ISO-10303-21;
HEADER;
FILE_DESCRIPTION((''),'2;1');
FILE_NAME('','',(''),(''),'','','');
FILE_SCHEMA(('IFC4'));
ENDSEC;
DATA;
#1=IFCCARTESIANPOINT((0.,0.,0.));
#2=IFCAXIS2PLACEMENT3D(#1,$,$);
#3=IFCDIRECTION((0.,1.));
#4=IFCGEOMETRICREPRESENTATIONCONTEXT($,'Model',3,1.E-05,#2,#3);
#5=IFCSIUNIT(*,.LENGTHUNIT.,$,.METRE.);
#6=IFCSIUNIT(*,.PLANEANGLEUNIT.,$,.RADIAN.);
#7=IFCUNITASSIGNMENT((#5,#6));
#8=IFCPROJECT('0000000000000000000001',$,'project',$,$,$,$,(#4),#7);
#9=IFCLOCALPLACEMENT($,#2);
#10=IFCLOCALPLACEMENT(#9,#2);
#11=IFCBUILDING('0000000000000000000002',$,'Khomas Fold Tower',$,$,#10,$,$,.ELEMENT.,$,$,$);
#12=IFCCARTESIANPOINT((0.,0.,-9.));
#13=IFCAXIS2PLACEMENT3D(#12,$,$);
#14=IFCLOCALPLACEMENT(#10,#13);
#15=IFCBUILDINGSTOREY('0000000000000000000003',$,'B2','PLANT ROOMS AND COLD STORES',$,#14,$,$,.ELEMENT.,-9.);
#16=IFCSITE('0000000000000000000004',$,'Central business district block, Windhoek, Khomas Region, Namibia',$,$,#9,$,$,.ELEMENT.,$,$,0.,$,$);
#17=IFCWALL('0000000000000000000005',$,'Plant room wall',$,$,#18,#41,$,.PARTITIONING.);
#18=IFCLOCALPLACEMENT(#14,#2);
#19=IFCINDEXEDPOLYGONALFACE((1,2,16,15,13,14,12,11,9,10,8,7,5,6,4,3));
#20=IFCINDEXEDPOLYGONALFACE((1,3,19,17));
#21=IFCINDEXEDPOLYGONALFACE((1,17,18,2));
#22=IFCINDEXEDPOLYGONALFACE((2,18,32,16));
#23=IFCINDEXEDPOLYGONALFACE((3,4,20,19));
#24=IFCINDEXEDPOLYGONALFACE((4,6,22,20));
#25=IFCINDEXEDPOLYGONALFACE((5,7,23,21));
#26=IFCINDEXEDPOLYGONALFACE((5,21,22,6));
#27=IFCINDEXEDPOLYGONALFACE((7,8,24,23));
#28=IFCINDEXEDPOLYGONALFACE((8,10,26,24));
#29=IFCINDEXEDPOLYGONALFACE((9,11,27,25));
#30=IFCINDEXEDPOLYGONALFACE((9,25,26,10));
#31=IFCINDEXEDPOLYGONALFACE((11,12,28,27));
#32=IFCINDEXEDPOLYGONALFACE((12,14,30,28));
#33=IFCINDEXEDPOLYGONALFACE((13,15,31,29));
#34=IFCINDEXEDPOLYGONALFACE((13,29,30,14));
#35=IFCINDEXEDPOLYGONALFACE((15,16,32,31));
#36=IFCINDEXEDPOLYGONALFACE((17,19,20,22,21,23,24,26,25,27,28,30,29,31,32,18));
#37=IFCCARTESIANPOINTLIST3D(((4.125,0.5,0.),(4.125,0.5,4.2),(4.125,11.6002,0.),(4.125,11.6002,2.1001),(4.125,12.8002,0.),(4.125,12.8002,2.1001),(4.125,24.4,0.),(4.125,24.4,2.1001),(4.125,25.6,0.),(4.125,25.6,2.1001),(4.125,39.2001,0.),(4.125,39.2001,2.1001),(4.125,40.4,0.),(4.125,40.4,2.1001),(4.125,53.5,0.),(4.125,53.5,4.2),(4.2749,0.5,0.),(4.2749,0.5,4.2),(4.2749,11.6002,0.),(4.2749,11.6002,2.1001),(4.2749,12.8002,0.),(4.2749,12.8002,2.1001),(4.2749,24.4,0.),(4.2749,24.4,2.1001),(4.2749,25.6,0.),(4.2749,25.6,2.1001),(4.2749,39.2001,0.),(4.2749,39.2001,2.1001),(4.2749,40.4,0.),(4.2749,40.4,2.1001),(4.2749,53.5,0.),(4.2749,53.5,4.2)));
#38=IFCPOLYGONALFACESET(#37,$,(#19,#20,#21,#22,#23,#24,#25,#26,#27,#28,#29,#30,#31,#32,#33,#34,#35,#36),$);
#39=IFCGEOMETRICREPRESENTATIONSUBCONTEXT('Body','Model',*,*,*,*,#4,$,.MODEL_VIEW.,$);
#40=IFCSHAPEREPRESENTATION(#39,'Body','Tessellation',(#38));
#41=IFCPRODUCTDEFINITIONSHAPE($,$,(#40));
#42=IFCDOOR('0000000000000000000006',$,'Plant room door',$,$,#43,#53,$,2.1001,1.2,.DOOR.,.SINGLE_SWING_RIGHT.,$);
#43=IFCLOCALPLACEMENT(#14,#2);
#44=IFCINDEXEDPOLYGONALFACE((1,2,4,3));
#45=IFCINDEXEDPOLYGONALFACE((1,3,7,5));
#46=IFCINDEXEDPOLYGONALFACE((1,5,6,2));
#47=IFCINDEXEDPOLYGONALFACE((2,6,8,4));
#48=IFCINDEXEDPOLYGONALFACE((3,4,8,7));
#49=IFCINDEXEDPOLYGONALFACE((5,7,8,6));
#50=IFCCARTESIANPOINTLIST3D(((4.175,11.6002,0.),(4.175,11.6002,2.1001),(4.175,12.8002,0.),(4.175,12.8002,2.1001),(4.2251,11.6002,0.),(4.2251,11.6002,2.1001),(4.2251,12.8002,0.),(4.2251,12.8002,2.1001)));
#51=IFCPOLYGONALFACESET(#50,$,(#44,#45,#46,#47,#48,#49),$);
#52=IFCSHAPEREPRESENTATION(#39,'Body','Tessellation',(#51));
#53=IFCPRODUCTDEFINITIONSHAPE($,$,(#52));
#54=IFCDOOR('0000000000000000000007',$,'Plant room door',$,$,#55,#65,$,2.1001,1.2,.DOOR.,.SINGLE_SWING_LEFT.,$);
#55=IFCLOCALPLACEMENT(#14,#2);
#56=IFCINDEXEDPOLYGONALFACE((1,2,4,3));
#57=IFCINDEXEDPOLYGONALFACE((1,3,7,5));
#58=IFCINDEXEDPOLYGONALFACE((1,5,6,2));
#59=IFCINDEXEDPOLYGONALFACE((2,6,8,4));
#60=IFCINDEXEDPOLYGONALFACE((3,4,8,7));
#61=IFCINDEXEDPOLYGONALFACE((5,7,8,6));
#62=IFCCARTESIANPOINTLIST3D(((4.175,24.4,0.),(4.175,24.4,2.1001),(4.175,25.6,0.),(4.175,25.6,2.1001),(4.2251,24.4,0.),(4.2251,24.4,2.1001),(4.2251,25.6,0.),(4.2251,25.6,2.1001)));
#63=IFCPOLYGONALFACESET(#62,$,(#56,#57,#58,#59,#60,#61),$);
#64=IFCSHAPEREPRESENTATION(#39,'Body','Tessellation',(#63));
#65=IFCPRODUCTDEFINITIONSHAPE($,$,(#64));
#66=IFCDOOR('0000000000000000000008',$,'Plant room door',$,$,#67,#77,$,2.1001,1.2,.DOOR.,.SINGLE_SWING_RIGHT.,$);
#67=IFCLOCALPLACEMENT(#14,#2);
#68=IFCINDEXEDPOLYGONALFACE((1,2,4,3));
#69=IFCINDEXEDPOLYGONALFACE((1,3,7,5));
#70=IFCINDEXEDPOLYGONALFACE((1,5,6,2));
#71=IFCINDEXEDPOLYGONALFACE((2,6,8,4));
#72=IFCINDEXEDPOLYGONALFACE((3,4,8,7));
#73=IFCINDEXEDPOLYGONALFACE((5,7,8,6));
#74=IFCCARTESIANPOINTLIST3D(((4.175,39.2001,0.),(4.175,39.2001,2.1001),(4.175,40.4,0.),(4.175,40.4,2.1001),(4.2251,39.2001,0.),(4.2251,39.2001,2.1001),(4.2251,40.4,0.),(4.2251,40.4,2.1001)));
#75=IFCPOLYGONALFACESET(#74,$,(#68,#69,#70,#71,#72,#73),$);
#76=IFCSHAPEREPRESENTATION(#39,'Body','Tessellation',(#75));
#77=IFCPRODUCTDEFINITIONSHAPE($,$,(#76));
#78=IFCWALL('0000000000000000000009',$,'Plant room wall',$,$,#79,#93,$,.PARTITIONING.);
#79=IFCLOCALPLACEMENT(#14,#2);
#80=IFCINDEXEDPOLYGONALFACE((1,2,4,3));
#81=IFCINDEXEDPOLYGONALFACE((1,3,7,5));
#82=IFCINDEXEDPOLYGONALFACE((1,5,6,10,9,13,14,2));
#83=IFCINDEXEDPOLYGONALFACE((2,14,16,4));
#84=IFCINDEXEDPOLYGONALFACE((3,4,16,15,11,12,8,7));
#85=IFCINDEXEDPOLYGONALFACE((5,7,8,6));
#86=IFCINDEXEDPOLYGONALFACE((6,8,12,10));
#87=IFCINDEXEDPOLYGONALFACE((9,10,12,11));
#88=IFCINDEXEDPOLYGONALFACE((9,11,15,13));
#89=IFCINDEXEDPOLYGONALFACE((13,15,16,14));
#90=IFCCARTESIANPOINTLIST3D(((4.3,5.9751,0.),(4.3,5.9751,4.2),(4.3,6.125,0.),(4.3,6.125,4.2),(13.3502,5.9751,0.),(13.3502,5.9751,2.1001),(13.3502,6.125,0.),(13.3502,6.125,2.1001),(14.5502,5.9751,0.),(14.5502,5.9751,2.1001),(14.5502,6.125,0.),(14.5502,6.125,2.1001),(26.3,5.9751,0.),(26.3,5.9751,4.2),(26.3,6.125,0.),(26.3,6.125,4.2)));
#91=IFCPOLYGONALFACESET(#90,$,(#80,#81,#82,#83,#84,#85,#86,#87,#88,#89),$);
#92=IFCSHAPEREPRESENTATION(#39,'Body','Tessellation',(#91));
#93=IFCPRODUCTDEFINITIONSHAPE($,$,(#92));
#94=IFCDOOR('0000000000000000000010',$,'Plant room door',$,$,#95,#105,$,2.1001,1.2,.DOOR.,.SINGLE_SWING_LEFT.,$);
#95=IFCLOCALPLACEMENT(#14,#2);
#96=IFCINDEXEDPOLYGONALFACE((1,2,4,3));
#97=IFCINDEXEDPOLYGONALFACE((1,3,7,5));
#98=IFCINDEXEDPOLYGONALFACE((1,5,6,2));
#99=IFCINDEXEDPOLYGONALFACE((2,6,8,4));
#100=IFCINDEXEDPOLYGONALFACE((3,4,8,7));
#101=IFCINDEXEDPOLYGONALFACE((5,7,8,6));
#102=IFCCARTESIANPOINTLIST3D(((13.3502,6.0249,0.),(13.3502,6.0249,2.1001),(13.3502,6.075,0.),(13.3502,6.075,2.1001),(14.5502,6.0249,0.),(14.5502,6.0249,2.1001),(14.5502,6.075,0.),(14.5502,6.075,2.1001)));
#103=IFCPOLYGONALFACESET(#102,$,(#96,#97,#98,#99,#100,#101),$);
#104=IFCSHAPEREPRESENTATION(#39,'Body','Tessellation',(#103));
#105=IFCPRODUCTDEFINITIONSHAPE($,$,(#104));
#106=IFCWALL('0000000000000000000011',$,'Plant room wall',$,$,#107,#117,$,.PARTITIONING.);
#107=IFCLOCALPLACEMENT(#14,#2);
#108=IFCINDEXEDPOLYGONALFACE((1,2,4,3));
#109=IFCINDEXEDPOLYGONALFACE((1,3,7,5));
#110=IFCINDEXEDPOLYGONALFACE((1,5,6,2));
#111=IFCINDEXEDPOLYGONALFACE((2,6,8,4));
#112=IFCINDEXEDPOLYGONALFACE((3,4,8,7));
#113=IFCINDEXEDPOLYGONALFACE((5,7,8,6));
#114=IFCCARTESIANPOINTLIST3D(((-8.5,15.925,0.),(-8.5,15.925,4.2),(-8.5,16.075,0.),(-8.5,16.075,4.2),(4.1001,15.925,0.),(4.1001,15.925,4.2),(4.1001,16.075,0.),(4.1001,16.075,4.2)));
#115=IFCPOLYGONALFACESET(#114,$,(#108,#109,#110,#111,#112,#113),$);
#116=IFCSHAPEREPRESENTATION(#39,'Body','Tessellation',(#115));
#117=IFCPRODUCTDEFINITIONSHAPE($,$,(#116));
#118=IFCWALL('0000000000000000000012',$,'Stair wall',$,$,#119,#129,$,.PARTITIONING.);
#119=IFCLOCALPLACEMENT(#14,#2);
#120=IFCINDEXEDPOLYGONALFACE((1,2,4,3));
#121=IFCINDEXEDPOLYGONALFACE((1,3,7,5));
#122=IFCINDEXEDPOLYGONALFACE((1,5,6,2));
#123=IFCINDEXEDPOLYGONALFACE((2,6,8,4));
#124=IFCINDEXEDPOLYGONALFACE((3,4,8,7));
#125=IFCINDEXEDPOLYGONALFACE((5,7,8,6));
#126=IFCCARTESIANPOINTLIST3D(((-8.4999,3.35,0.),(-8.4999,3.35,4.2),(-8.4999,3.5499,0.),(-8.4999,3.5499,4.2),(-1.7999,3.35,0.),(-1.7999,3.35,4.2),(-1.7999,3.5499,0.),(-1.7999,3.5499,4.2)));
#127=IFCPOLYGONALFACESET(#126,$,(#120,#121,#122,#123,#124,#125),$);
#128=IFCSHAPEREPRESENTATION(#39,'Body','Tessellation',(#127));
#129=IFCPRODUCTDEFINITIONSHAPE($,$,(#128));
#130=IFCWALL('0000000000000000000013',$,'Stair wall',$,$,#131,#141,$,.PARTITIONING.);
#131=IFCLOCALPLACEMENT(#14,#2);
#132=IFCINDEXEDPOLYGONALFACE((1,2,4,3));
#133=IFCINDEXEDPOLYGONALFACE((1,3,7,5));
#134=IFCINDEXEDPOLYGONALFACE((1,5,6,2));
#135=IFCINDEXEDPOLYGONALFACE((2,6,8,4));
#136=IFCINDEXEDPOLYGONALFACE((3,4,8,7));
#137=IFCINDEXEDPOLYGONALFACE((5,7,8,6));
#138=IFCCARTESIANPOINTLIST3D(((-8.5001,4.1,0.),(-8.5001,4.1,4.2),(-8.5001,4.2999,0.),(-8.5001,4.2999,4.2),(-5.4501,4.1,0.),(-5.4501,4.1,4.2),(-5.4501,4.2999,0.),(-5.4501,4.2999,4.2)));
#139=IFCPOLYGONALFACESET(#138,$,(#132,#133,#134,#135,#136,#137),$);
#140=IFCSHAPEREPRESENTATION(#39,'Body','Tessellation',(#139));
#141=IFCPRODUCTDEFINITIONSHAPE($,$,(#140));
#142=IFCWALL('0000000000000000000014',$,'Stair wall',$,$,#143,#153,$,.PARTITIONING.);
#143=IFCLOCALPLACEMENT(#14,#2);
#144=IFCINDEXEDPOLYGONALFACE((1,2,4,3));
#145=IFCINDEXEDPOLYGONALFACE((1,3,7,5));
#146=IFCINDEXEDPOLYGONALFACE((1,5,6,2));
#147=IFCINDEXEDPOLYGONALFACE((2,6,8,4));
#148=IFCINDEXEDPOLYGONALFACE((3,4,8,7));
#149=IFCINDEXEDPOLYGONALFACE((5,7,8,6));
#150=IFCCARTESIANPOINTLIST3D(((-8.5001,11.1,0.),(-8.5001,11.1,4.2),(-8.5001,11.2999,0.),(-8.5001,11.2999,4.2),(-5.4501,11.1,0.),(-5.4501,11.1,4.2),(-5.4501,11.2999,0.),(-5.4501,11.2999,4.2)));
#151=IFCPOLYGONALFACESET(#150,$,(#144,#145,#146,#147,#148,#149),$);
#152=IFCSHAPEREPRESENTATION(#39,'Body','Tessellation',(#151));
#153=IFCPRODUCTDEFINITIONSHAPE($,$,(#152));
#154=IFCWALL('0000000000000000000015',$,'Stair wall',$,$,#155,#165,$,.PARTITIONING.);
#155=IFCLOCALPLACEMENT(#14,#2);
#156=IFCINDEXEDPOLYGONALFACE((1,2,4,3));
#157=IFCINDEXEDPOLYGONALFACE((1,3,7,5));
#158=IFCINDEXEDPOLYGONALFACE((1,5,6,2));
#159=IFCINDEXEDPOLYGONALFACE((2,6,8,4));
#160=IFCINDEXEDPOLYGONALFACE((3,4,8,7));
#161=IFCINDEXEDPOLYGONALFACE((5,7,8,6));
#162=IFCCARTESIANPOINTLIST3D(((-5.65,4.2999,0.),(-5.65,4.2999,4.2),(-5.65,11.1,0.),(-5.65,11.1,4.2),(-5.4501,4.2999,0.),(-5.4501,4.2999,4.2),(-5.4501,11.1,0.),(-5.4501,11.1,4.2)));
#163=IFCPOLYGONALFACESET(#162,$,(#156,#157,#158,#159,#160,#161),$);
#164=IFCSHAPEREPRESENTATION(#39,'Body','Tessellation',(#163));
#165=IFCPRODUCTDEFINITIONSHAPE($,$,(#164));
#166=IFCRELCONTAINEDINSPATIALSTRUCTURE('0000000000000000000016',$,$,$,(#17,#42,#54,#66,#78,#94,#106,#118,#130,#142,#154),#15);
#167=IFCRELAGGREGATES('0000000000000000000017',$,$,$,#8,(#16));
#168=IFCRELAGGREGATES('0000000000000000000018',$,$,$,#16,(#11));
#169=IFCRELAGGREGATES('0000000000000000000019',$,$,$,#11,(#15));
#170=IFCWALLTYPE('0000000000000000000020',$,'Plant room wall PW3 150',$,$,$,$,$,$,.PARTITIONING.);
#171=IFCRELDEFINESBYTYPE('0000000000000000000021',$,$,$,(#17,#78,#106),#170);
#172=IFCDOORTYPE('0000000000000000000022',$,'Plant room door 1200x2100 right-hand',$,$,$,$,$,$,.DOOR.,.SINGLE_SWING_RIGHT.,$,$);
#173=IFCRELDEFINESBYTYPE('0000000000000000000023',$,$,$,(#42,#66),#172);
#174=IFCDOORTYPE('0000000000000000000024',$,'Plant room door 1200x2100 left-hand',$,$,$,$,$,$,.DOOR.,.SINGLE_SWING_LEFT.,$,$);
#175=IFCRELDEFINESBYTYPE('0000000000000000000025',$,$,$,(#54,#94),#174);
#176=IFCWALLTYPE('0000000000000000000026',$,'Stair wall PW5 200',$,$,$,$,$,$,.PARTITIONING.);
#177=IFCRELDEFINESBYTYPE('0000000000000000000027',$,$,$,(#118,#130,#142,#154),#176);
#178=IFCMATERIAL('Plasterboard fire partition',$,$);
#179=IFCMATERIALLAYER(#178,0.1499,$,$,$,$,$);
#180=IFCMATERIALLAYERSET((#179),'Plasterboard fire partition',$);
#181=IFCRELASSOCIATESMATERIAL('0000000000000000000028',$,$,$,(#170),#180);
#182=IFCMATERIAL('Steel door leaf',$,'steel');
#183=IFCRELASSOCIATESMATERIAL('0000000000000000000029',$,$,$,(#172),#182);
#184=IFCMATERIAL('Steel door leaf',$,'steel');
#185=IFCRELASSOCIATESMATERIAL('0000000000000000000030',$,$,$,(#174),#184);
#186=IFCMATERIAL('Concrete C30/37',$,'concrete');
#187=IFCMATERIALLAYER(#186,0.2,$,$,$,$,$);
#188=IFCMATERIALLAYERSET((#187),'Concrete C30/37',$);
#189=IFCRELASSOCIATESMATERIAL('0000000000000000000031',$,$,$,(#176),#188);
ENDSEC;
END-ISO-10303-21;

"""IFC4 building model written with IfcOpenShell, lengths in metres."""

from ifc_helpers import new_model, si_unit, direction, frame, frame_2d, origin, place, context, subcontext, project, spatial, rectangle, extrude, source, transform, mapped, material, layer, layer_set, type_object, element, fill, save


model = new_model("IFC4")

# Units and contexts
model_context = context("Model", 3, precision=1e-05, world=origin(), true_north=direction((0.0, 1.0)))
body_context = subcontext(model_context, "Body", "Model", "MODEL_VIEW")
ifc_project = project(units=[si_unit("LENGTHUNIT", "METRE"), si_unit("PLANEANGLEUNIT", "RADIAN")], contexts=[model_context])

# Site, building, storey
site_placement = place(None, origin())
site = spatial("IfcSite", under=ifc_project, at=site_placement, Name="Central business district block, Windhoek, Khomas Region, Namibia", CompositionType="ELEMENT", RefElevation=0.0)
building_placement = place(site_placement, origin())
building = spatial("IfcBuilding", under=site, at=building_placement, Name="Khomas Fold Tower", CompositionType="ELEMENT")
storey_placement = place(building_placement, frame((0.0, 0.0, -9.0)))
storey = spatial("IfcBuildingStorey", under=building, at=storey_placement, Name="B2", Description="PLANT ROOMS AND COLD STORES", CompositionType="ELEMENT", Elevation=-9.0)

# Wall, openings, doors
ifc_material_1 = material(Name="Plasterboard fire partition")
ifc_layer_1 = layer(ifc_material_1, 0.1499)
ifc_layer_set_1 = layer_set([ifc_layer_1], Name="Plasterboard fire partition")
wall_type_1 = type_object("IfcWallType", Name="Plant room wall PW3 150", PredefinedType="PARTITIONING", material=ifc_layer_set_1)
shared_shape_1 = source(origin(), body_context, "Body", "SweptSolid", [
    extrude(rectangle(XDim=53.0, YDim=0.1499, at=frame_2d((26.5, 0.0))), origin(), (0.0, 0.0, 1.0), 4.2),
])
wall_1_placement = place(storey_placement, frame((4.2, 0.5, 0.0), z_axis=(0.0, 0.0, 1.0), x_axis=(0.0, 1.0, 0.0)))
wall_1 = element("IfcWall", 1, at=wall_1_placement, inside=storey, type_object=wall_type_1, Name="Plant room wall", PredefinedType="PARTITIONING", context=body_context, shape_type="MappedRepresentation", body=[
    mapped(shared_shape_1, transform((0.0, 0.0, 0.0))),
])
shared_shape_2 = source(origin(), body_context, "Body", "SweptSolid", [
    extrude(rectangle(XDim=1.2, YDim=2.1001, at=frame_2d((0.6001, 1.05))), frame((0.0, 0.085, 0.0), z_axis=(0.0, -1.0, 0.0), x_axis=(1.0, 0.0, 0.0)), (0.0, 0.0, 1.0), 0.1699),
])
opening_1_placement = place(wall_1_placement, frame((11.1001, 0.0, 0.0)))
opening_1 = element("IfcOpeningElement", 2, at=opening_1_placement, cuts=wall_1, PredefinedType="OPENING", context=body_context, shape_type="MappedRepresentation", body=[
    mapped(shared_shape_2, transform((0.0, 0.0, 0.0))),
])
opening_2_placement = place(wall_1_placement, frame((23.8999, 0.0, 0.0)))
opening_2 = element("IfcOpeningElement", 3, at=opening_2_placement, cuts=wall_1, PredefinedType="OPENING", context=body_context, shape_type="MappedRepresentation", body=[
    mapped(shared_shape_2, transform((0.0, 0.0, 0.0))),
])
opening_3_placement = place(wall_1_placement, frame((38.7, 0.0, 0.0)))
opening_3 = element("IfcOpeningElement", 4, at=opening_3_placement, cuts=wall_1, PredefinedType="OPENING", context=body_context, shape_type="MappedRepresentation", body=[
    mapped(shared_shape_2, transform((0.0, 0.0, 0.0))),
])
ifc_material_2 = material(Name="Steel door leaf", Category="steel")
door_type_1 = type_object("IfcDoorType", Name="Plant room door 1200x2100 right-hand", OperationType="SINGLE_SWING_RIGHT", PredefinedType="DOOR", material=ifc_material_2)
shared_shape_3 = source(origin(), body_context, "Body", "SweptSolid", [
    extrude(rectangle(XDim=1.2, YDim=2.1001, at=frame_2d((0.6001, 1.05))), frame((0.0, 0.0249, 0.0), z_axis=(0.0, -1.0, 0.0), x_axis=(1.0, 0.0, 0.0)), (0.0, 0.0, 1.0), 0.05),
])
door_1_placement = place(opening_1_placement, origin())
door_1 = element("IfcDoor", 5, at=door_1_placement, inside=storey, type_object=door_type_1, Name="Plant room door", OperationType="SINGLE_SWING_RIGHT", OverallHeight=2.1001, OverallWidth=1.2, PredefinedType="DOOR", context=body_context, shape_type="MappedRepresentation", body=[
    mapped(shared_shape_3, transform((0.0, 0.0, 0.0))),
])
fill(opening_1, door_1)
ifc_material_3 = material(Name="Steel door leaf", Category="steel")
door_type_2 = type_object("IfcDoorType", Name="Plant room door 1200x2100 left-hand", OperationType="SINGLE_SWING_LEFT", PredefinedType="DOOR", material=ifc_material_3)
door_2_placement = place(opening_2_placement, origin())
door_2 = element("IfcDoor", 6, at=door_2_placement, inside=storey, type_object=door_type_2, Name="Plant room door", OperationType="SINGLE_SWING_LEFT", OverallHeight=2.1001, OverallWidth=1.2, PredefinedType="DOOR", context=body_context, shape_type="MappedRepresentation", body=[
    mapped(shared_shape_3, transform((0.0, 0.0, 0.0))),
])
fill(opening_2, door_2)
door_3_placement = place(opening_3_placement, origin())
door_3 = element("IfcDoor", 7, at=door_3_placement, inside=storey, type_object=door_type_1, Name="Plant room door", OperationType="SINGLE_SWING_RIGHT", OverallHeight=2.1001, OverallWidth=1.2, PredefinedType="DOOR", context=body_context, shape_type="MappedRepresentation", body=[
    mapped(shared_shape_3, transform((0.0, 0.0, 0.0))),
])
fill(opening_3, door_3)

# Wall, opening, door
shared_shape_4 = source(origin(), body_context, "Body", "SweptSolid", [
    extrude(rectangle(XDim=22.0, YDim=0.1499, at=frame_2d((11.0, 0.0))), origin(), (0.0, 0.0, 1.0), 4.2),
])
wall_2_placement = place(storey_placement, frame((4.3, 6.05, 0.0), z_axis=(0.0, 0.0, 1.0), x_axis=(1.0, 0.0, 0.0)))
wall_2 = element("IfcWall", 8, at=wall_2_placement, inside=storey, type_object=wall_type_1, Name="Plant room wall", PredefinedType="PARTITIONING", context=body_context, shape_type="MappedRepresentation", body=[
    mapped(shared_shape_4, transform((0.0, 0.0, 0.0))),
])
opening_4_placement = place(wall_2_placement, frame((9.05, 0.0, 0.0)))
opening_4 = element("IfcOpeningElement", 9, at=opening_4_placement, cuts=wall_2, PredefinedType="OPENING", context=body_context, shape_type="MappedRepresentation", body=[
    mapped(shared_shape_2, transform((0.0, 0.0, 0.0))),
])
door_4_placement = place(opening_4_placement, origin())
door_4 = element("IfcDoor", 10, at=door_4_placement, inside=storey, type_object=door_type_2, Name="Plant room door", OperationType="SINGLE_SWING_LEFT", OverallHeight=2.1001, OverallWidth=1.2, PredefinedType="DOOR", context=body_context, shape_type="MappedRepresentation", body=[
    mapped(shared_shape_3, transform((0.0, 0.0, 0.0))),
])
fill(opening_4, door_4)

# Walls
shared_shape_5 = source(origin(), body_context, "Body", "SweptSolid", [
    extrude(rectangle(XDim=12.6001, YDim=0.1499, at=frame_2d((6.3, 0.0))), origin(), (0.0, 0.0, 1.0), 4.2),
])
wall_3_placement = place(storey_placement, frame((-8.5, 16.0, 0.0), z_axis=(0.0, 0.0, 1.0), x_axis=(1.0, 0.0, 0.0)))
element("IfcWall", 11, at=wall_3_placement, inside=storey, type_object=wall_type_1, Name="Plant room wall", PredefinedType="PARTITIONING", context=body_context, shape_type="MappedRepresentation", body=[
    mapped(shared_shape_5, transform((0.0, 0.0, 0.0))),
])
ifc_material_4 = material(Name="Concrete C30/37", Category="concrete")
ifc_layer_2 = layer(ifc_material_4, 0.2)
ifc_layer_set_2 = layer_set([ifc_layer_2], Name="Concrete C30/37")
wall_type_2 = type_object("IfcWallType", Name="Stair wall PW5 200", PredefinedType="PARTITIONING", material=ifc_layer_set_2)
shared_shape_6 = source(origin(), body_context, "Body", "SweptSolid", [
    extrude(rectangle(XDim=6.7, YDim=0.2, at=frame_2d((3.3501, 0.0))), origin(), (0.0, 0.0, 1.0), 4.2),
])
wall_4_placement = place(storey_placement, frame((-8.5, 3.45, 0.0), z_axis=(0.0, 0.0, 1.0), x_axis=(1.0, 0.0, 0.0)))
element("IfcWall", 12, at=wall_4_placement, inside=storey, type_object=wall_type_2, Name="Stair wall", PredefinedType="PARTITIONING", context=body_context, shape_type="MappedRepresentation", body=[
    mapped(shared_shape_6, transform((0.0, 0.0, 0.0))),
])
shared_shape_7 = source(origin(), body_context, "Body", "SweptSolid", [
    extrude(rectangle(XDim=3.05, YDim=0.2, at=frame_2d((1.5249, 0.0))), origin(), (0.0, 0.0, 1.0), 4.2),
])
for number, where, z_axis, x_axis, name in (
    (13, (-8.5, 4.2, 0.0), (0.0, 0.0, 1.0), (1.0, 0.0, 0.0), "Stair wall"),
    (14, (-8.5, 11.2, 0.0), (0.0, 0.0, 1.0), (1.0, 0.0, 0.0), "Stair wall"),
):
    element("IfcWall", number, at=place(storey_placement, frame(where, z_axis=z_axis, x_axis=x_axis)), inside=storey, type_object=wall_type_2, Name=name, PredefinedType="PARTITIONING", context=body_context, shape_type="MappedRepresentation", body=[
        mapped(shared_shape_7, transform((0.0, 0.0, 0.0))),
    ])
shared_shape_8 = source(origin(), body_context, "Body", "SweptSolid", [
    extrude(rectangle(XDim=6.8, YDim=0.2, at=frame_2d((3.3999, 0.0))), origin(), (0.0, 0.0, 1.0), 4.2),
])
wall_5_placement = place(storey_placement, frame((-5.55, 4.3, 0.0), z_axis=(0.0, 0.0, 1.0), x_axis=(0.0, 1.0, 0.0)))
element("IfcWall", 15, at=wall_5_placement, inside=storey, type_object=wall_type_2, Name="Stair wall", PredefinedType="PARTITIONING", context=body_context, shape_type="MappedRepresentation", body=[
    mapped(shared_shape_8, transform((0.0, 0.0, 0.0))),
])

save(model, "model.ifc")
